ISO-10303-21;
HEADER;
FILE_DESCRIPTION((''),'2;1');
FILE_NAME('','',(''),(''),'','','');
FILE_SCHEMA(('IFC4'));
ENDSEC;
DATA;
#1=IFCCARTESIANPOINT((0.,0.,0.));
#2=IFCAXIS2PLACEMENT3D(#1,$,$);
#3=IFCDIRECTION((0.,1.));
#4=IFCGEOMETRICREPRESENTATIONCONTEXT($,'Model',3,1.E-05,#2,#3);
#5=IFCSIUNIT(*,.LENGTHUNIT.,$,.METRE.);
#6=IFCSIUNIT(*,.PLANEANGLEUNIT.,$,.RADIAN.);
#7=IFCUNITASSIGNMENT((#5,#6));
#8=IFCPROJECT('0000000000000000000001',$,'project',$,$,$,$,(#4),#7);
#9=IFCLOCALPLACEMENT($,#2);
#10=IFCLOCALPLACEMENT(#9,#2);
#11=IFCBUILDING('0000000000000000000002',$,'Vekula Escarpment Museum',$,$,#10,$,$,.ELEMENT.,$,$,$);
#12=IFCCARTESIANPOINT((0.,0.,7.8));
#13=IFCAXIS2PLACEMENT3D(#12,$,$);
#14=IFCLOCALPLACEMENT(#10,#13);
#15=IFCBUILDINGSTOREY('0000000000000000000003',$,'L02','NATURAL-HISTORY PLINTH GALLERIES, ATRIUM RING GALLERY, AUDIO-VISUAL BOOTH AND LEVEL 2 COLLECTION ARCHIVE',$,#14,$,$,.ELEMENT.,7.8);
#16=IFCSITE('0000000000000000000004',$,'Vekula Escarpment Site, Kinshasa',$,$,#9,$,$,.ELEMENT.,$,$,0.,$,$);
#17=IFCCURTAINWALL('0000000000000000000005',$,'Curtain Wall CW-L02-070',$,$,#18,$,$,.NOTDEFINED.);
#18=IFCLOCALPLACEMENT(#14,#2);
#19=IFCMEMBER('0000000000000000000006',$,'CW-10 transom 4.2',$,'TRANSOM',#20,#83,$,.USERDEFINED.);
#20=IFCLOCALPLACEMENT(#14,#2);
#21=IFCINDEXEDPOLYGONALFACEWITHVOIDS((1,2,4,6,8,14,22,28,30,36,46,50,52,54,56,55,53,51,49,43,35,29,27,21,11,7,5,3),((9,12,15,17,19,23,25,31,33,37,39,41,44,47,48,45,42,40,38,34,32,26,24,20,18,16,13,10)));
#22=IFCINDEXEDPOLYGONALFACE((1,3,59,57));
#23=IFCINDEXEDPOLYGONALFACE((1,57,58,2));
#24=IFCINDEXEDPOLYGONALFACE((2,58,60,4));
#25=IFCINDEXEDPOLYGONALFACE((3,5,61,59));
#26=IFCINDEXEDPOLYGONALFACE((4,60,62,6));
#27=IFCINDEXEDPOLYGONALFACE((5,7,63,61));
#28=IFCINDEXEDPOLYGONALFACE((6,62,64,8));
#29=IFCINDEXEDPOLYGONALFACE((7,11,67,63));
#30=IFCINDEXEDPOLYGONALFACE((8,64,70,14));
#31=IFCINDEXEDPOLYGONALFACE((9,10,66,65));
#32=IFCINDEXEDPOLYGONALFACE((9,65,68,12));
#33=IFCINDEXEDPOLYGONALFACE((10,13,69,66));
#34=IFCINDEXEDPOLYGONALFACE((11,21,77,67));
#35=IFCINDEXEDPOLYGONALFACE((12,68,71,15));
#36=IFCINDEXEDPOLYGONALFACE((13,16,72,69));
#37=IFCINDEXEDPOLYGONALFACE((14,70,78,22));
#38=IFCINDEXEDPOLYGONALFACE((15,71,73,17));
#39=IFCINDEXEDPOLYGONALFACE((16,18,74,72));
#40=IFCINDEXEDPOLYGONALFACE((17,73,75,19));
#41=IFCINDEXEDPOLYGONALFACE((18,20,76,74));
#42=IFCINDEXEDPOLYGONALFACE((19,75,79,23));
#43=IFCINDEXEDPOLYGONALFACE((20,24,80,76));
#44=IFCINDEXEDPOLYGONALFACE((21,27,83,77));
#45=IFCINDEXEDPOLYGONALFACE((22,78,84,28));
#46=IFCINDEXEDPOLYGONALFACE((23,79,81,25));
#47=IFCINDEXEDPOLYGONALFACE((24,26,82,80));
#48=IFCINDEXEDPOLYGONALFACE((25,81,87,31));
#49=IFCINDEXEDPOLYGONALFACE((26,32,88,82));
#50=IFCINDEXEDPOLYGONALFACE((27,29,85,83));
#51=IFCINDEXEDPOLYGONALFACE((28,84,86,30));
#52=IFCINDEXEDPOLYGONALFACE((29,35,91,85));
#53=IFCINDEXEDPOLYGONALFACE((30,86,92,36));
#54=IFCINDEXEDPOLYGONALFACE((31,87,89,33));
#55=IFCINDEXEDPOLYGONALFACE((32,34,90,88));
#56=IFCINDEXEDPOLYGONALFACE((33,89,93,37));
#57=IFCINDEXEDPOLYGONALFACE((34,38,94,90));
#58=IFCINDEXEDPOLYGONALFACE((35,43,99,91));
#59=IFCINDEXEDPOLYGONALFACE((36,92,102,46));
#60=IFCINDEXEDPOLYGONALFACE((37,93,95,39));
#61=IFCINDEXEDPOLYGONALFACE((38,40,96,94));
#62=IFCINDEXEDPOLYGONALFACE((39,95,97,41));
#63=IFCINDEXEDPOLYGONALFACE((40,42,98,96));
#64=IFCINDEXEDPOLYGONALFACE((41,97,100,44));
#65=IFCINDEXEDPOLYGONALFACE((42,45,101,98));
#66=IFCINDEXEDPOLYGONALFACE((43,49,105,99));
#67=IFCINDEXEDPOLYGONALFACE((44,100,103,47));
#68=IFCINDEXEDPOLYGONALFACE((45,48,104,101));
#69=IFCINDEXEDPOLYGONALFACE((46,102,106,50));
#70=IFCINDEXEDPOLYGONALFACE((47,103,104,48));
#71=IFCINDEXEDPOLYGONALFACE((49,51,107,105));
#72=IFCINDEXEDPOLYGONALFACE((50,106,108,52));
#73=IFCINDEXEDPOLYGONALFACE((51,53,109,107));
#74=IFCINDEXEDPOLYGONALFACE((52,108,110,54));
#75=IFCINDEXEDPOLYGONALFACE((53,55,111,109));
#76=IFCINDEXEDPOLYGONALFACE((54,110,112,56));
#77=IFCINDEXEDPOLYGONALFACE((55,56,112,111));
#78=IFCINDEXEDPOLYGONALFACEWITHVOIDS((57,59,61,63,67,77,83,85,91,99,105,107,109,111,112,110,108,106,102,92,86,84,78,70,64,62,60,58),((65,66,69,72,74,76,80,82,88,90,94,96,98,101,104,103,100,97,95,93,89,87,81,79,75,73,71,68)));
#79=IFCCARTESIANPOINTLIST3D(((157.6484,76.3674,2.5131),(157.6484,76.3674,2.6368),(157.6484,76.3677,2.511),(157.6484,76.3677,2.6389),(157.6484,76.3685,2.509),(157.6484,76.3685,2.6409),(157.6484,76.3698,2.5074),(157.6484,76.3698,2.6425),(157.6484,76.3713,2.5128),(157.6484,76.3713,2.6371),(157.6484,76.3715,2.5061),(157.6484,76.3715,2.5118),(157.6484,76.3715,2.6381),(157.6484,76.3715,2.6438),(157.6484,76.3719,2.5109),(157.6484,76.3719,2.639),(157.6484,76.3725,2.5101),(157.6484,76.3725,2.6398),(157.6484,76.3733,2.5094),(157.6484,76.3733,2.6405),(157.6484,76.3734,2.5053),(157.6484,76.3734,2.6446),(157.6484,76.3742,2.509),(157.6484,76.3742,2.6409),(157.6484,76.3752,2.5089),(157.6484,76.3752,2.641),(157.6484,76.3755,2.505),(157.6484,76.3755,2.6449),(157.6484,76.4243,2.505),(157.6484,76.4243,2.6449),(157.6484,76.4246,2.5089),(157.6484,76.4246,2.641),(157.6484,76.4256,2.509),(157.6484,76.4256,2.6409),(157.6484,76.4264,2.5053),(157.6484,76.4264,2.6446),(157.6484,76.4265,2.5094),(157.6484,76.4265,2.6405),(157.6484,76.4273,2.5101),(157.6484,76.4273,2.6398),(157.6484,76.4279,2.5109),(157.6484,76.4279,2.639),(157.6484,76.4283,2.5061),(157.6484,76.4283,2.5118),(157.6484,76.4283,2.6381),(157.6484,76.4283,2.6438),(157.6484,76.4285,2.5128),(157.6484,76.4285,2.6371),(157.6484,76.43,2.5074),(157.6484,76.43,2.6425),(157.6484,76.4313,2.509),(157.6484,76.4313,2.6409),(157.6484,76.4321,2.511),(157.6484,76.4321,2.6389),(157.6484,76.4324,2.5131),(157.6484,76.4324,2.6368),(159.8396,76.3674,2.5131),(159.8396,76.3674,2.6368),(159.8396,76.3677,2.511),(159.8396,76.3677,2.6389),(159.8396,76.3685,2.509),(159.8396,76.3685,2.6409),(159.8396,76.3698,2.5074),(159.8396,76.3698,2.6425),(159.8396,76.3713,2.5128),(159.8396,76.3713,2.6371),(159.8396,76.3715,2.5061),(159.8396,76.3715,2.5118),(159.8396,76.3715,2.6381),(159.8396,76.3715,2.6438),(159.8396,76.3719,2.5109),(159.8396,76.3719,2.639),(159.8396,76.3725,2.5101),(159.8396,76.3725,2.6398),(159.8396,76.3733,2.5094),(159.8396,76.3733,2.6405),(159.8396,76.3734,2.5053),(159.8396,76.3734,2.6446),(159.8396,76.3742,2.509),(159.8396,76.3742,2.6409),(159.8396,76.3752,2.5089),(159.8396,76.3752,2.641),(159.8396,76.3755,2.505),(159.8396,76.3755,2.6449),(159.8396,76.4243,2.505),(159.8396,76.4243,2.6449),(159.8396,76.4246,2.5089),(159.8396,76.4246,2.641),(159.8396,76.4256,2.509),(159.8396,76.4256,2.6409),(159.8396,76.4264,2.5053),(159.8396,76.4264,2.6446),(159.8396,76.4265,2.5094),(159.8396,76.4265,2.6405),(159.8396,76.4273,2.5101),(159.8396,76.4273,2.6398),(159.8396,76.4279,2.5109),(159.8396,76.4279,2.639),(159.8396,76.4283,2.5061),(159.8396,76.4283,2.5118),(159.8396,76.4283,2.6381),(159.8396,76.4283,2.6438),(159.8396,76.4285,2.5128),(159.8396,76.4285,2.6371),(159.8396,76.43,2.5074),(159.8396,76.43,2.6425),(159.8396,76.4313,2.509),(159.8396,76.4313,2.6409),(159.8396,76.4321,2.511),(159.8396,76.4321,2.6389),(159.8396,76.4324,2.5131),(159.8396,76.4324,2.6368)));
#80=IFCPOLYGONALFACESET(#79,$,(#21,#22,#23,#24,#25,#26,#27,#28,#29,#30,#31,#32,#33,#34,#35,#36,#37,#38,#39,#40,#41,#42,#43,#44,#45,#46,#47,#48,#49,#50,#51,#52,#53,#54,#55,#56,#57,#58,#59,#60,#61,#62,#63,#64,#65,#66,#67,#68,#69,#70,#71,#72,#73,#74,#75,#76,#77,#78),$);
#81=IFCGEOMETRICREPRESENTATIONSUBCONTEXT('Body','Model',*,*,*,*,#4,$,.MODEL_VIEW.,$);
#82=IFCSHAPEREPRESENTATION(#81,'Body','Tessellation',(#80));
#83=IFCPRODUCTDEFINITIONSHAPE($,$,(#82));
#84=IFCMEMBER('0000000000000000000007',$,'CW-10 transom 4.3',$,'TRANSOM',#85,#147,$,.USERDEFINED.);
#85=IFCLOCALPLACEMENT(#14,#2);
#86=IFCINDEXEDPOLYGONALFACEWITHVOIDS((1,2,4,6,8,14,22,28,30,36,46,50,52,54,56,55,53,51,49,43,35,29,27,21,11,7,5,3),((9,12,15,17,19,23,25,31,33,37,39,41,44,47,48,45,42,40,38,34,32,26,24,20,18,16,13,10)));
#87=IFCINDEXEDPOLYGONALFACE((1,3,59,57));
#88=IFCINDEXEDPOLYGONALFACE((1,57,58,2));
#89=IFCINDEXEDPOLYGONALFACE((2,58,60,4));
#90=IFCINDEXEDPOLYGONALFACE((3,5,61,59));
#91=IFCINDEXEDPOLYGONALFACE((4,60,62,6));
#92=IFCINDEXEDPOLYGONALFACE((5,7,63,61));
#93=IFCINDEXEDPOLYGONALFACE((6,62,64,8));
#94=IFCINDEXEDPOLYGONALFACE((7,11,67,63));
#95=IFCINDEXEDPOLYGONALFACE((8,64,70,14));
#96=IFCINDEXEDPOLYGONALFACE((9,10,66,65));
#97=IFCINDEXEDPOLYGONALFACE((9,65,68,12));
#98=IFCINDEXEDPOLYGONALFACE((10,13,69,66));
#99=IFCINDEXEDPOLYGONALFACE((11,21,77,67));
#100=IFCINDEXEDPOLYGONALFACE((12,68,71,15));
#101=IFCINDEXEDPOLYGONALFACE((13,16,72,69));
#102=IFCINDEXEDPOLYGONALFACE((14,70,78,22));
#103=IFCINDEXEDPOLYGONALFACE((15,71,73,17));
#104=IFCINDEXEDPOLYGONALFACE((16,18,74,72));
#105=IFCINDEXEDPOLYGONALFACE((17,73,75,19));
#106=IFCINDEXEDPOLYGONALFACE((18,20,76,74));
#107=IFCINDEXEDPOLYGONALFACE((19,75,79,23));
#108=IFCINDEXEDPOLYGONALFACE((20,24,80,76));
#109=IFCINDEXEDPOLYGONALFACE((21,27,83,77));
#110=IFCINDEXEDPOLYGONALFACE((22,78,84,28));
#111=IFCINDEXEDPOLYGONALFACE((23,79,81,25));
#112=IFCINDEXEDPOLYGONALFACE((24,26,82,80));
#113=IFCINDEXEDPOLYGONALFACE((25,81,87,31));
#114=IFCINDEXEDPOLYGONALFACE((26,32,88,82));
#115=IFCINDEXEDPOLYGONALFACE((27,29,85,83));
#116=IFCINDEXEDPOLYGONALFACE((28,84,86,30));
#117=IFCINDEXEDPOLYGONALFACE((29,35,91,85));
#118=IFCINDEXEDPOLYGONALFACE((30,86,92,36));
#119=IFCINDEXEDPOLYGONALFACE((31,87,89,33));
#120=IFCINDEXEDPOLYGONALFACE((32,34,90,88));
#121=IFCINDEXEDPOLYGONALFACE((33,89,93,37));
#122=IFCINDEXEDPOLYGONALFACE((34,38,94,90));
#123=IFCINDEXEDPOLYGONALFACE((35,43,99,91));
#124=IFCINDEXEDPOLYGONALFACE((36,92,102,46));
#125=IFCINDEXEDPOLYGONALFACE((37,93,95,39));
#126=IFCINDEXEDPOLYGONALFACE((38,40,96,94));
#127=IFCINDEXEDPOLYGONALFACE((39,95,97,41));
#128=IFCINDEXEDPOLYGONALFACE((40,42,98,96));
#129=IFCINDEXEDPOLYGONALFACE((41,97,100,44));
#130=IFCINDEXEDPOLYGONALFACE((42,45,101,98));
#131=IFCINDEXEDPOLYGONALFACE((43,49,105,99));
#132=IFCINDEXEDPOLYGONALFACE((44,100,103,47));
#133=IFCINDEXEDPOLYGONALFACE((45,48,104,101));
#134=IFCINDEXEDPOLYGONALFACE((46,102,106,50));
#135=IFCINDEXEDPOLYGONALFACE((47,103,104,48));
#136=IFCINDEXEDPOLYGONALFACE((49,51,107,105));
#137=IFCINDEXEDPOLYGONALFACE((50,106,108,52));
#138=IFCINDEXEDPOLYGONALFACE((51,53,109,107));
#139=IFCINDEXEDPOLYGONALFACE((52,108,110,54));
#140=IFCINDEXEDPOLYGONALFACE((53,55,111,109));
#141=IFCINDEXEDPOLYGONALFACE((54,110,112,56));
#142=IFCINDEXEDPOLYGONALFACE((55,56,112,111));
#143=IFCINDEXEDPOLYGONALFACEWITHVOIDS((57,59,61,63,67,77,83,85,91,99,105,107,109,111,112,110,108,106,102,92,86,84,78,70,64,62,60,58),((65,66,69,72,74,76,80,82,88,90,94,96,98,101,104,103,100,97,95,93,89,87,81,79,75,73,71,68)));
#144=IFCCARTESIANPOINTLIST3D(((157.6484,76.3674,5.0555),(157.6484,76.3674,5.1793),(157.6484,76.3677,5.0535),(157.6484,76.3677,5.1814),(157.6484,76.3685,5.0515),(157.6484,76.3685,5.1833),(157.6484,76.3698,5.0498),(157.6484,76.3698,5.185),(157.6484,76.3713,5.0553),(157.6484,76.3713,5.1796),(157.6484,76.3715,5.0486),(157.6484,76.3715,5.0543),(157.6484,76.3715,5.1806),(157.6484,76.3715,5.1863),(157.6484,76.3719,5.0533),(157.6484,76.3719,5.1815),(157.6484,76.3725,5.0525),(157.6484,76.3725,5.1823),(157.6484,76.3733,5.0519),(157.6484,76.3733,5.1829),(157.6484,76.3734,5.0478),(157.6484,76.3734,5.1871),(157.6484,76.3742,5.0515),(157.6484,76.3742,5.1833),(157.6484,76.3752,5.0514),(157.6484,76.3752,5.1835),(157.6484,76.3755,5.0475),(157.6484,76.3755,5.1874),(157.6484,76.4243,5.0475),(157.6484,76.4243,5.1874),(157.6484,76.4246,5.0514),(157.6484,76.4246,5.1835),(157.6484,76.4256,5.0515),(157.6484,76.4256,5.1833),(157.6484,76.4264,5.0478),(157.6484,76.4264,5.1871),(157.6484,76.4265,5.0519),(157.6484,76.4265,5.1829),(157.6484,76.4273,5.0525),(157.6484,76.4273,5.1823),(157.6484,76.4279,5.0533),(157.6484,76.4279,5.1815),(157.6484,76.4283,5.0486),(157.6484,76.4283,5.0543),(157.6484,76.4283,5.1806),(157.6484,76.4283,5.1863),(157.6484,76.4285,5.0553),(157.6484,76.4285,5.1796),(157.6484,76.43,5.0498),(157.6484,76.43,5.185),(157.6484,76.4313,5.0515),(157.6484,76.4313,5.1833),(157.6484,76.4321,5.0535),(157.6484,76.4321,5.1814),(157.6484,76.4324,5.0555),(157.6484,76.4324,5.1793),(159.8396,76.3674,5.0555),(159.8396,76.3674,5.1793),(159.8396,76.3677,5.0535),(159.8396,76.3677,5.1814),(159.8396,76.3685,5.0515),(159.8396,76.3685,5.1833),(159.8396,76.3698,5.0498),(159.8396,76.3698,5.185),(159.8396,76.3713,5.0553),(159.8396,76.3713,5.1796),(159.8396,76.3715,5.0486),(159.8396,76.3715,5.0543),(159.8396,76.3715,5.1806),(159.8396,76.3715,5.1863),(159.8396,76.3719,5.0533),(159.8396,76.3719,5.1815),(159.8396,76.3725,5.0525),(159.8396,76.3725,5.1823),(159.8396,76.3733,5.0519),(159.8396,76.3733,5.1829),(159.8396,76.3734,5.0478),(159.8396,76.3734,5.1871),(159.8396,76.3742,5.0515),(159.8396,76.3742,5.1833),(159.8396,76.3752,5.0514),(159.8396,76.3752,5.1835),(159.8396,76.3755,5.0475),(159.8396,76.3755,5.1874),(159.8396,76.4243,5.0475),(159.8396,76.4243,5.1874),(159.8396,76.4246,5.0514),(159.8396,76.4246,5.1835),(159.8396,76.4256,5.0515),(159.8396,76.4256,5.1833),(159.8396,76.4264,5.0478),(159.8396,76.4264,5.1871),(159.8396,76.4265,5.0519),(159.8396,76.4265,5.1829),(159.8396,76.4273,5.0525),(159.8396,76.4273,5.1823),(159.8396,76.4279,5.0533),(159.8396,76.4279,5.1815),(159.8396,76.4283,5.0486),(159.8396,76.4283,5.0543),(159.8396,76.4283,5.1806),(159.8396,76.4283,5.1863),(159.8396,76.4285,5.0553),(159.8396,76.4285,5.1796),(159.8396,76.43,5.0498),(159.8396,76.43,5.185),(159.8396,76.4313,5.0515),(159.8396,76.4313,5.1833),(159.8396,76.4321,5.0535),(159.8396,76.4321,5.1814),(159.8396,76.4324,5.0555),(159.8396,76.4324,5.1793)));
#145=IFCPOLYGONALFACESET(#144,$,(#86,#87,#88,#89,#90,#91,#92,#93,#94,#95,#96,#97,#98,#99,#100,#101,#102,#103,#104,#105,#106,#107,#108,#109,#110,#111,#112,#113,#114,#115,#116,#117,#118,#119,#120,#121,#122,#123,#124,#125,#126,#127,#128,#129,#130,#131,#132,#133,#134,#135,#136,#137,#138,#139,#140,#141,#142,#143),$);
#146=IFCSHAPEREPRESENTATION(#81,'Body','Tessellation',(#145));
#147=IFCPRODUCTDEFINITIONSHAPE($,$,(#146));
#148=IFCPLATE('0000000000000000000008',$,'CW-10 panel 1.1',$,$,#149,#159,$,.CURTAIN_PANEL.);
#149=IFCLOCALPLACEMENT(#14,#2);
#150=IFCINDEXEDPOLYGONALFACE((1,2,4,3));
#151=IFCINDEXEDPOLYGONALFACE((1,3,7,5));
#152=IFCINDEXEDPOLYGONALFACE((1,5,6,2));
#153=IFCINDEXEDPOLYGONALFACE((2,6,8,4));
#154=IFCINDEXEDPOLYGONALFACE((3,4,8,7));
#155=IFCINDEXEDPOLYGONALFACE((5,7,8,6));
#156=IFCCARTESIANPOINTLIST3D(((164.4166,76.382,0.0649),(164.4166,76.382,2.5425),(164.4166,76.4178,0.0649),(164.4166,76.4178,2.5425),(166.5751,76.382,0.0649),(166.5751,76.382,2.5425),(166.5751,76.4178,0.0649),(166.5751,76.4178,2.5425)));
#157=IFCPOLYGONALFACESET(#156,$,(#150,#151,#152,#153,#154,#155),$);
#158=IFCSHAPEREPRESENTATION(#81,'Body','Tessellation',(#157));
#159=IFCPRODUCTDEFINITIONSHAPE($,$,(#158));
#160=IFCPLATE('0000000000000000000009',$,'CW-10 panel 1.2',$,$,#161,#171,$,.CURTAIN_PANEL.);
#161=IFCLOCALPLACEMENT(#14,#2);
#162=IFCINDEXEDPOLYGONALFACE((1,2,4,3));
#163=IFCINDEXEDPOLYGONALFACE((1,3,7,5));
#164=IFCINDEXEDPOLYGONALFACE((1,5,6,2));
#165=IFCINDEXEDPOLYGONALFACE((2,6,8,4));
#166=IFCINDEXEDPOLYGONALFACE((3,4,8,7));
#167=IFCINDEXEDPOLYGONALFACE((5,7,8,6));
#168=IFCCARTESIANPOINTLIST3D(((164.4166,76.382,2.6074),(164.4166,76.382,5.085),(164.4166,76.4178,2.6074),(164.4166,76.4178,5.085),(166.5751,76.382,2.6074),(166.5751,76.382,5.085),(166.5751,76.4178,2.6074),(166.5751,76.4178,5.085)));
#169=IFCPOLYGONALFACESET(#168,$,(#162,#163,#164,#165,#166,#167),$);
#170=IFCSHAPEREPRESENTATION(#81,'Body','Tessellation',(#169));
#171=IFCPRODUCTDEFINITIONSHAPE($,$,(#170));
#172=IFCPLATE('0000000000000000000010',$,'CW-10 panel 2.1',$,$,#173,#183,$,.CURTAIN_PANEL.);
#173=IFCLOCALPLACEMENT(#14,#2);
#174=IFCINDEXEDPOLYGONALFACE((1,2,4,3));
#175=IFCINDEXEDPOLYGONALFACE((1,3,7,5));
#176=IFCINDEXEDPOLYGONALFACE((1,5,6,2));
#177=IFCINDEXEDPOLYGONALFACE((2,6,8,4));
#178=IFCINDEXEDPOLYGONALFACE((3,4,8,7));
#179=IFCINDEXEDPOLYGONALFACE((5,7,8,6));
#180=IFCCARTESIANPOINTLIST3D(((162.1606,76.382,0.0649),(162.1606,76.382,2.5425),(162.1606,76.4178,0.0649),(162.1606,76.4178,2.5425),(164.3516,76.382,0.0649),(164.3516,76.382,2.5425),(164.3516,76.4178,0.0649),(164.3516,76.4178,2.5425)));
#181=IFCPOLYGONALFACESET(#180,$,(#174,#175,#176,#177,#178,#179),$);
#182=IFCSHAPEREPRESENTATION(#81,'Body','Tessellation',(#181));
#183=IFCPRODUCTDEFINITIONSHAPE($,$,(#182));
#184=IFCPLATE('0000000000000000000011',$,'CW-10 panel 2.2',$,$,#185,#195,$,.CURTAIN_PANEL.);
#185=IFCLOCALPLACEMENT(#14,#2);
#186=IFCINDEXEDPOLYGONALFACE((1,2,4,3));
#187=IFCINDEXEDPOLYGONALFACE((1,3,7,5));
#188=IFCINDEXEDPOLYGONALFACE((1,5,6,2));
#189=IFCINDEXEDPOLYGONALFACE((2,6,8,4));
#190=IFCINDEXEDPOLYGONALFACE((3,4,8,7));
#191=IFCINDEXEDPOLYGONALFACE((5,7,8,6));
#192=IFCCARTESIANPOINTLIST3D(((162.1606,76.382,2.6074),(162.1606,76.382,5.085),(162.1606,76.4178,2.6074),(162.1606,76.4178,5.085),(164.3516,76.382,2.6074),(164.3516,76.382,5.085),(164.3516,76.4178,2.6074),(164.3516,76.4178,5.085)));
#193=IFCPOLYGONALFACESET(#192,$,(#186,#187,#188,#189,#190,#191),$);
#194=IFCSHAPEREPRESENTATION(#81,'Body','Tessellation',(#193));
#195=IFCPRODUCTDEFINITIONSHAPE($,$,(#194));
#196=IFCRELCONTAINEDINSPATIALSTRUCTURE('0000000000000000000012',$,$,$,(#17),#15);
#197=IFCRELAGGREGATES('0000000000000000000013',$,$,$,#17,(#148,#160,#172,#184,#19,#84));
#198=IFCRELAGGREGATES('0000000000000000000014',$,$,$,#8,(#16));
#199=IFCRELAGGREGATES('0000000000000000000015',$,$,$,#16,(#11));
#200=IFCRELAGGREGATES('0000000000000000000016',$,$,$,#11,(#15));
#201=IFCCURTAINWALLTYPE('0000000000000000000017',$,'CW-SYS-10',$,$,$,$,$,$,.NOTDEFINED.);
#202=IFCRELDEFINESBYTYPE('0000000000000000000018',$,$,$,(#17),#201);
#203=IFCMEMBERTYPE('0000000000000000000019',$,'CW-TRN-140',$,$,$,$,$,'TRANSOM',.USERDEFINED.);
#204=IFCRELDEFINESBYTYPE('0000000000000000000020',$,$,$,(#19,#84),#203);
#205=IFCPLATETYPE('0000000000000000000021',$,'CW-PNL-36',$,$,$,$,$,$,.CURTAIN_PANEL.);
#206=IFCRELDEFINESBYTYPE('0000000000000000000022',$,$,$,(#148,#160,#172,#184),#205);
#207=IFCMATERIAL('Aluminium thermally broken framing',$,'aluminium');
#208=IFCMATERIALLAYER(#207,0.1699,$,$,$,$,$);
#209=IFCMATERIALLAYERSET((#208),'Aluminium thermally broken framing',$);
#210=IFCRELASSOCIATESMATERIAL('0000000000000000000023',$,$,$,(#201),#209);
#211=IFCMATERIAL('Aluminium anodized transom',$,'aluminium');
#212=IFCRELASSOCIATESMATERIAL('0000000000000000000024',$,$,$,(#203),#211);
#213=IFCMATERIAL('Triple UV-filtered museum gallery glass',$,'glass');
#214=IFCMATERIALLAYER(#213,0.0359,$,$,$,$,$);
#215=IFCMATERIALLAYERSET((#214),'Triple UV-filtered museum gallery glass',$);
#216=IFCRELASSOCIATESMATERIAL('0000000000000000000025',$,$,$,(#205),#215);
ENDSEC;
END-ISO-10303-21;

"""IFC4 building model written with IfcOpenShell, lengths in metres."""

from ifc_helpers import new_model, si_unit, direction, frame, origin, origin_2d, place, context, subcontext, project, spatial, rectangle, hollow_rectangle, extrude, material, layer, layer_set, material_profile, profile_set, type_object, element, aggregate, save


model = new_model("IFC4")

# Units and contexts
model_context = context("Model", 3, precision=1e-05, world=origin(), true_north=direction((0.0, 1.0)))
body_context = subcontext(model_context, "Body", "Model", "MODEL_VIEW")
ifc_project = project(units=[si_unit("LENGTHUNIT", "METRE"), si_unit("PLANEANGLEUNIT", "RADIAN")], contexts=[model_context])

# Site, building, storey
site_placement = place(None, origin())
site = spatial("IfcSite", under=ifc_project, at=site_placement, Name="Vekula Escarpment Site, Kinshasa", CompositionType="ELEMENT", RefElevation=0.0)
building_placement = place(site_placement, origin())
building = spatial("IfcBuilding", under=site, at=building_placement, Name="Vekula Escarpment Museum", CompositionType="ELEMENT")
storey_placement = place(building_placement, frame((0.0, 0.0, 7.8)))
storey = spatial("IfcBuildingStorey", under=building, at=storey_placement, Name="L02", Description="NATURAL-HISTORY PLINTH GALLERIES, ATRIUM RING GALLERY, AUDIO-VISUAL BOOTH AND LEVEL 2 COLLECTION ARCHIVE", CompositionType="ELEMENT", Elevation=7.8)

# Curtain wall, members, plates
ifc_material_1 = material(Name="Aluminium thermally broken framing", Category="aluminium")
ifc_layer_1 = layer(ifc_material_1, 0.1699)
ifc_layer_set_1 = layer_set([ifc_layer_1], Name="Aluminium thermally broken framing")
curtain_wall_type = type_object("IfcCurtainWallType", Name="CW-SYS-10", PredefinedType="NOTDEFINED", material=ifc_layer_set_1)
curtain_wall_placement = place(storey_placement, origin())
curtain_wall = element("IfcCurtainWall", 1, at=curtain_wall_placement, inside=storey, type_object=curtain_wall_type, Name="Curtain Wall CW-L02-070", PredefinedType="NOTDEFINED")
ifc_material_2 = material(Name="Aluminium anodized transom", Category="aluminium")
ifc_material_profile_1 = material_profile(ifc_material_2, hollow_rectangle(XDim=0.0649, YDim=0.1399, WallThickness=0.0039, InnerFilletRadius=0.0039, OuterFilletRadius=0.0081, at=origin_2d()), Name="ALU 140x65x4")
ifc_profile_set_1 = profile_set([ifc_material_profile_1], Name="Aluminium anodized transom")
member_type_1 = type_object("IfcMemberType", Name="CW-TRN-140", ElementType="TRANSOM", PredefinedType="USERDEFINED", material=ifc_profile_set_1)
member_1_placement = place(storey_placement, frame((159.8396, 76.3999, 2.575), z_axis=(-1.0, 0.0, 0.0), x_axis=(0.0, -1.0, 0.0)))
member_1 = element("IfcMember", 2, at=member_1_placement, type_object=member_type_1, Name="CW-10 transom 4.2", ObjectType="TRANSOM", PredefinedType="USERDEFINED", context=body_context, shape_type="SweptSolid", body=[
    extrude(hollow_rectangle(XDim=0.0649, YDim=0.1399, WallThickness=0.0039, InnerFilletRadius=0.0039, OuterFilletRadius=0.0081, at=origin_2d()), origin(), (0.0, 0.0, 1.0), 2.1912),
])
member_2_placement = place(storey_placement, frame((159.8396, 76.3999, 5.1174), z_axis=(-1.0, 0.0, 0.0), x_axis=(0.0, -1.0, 0.0)))
member_2 = element("IfcMember", 3, at=member_2_placement, type_object=member_type_1, Name="CW-10 transom 4.3", ObjectType="TRANSOM", PredefinedType="USERDEFINED", context=body_context, shape_type="SweptSolid", body=[
    extrude(hollow_rectangle(XDim=0.0649, YDim=0.1399, WallThickness=0.0039, InnerFilletRadius=0.0039, OuterFilletRadius=0.0081, at=origin_2d()), origin(), (0.0, 0.0, 1.0), 2.1912),
])
ifc_material_3 = material(Name="Triple UV-filtered museum gallery glass", Category="glass")
ifc_layer_2 = layer(ifc_material_3, 0.0359)
ifc_layer_set_2 = layer_set([ifc_layer_2], Name="Triple UV-filtered museum gallery glass")
plate_type = type_object("IfcPlateType", Name="CW-PNL-36", PredefinedType="CURTAIN_PANEL", material=ifc_layer_set_2)
plate_1_placement = place(storey_placement, frame((165.4958, 76.3999, 0.0649), z_axis=(0.0, 0.0, 1.0), x_axis=(-1.0, 0.0, 0.0)))
plate_1 = element("IfcPlate", 4, at=plate_1_placement, type_object=plate_type, Name="CW-10 panel 1.1", PredefinedType="CURTAIN_PANEL", context=body_context, shape_type="SweptSolid", body=[
    extrude(rectangle(XDim=2.1584, YDim=0.0359, at=origin_2d()), origin(), (0.0, 0.0, 1.0), 2.4775),
])
plate_2_placement = place(storey_placement, frame((165.4958, 76.3999, 2.6074), z_axis=(0.0, 0.0, 1.0), x_axis=(-1.0, 0.0, 0.0)))
plate_2 = element("IfcPlate", 5, at=plate_2_placement, type_object=plate_type, Name="CW-10 panel 1.2", PredefinedType="CURTAIN_PANEL", context=body_context, shape_type="SweptSolid", body=[
    extrude(rectangle(XDim=2.1584, YDim=0.0359, at=origin_2d()), origin(), (0.0, 0.0, 1.0), 2.4775),
])
plate_3_placement = place(storey_placement, frame((163.2561, 76.3999, 0.0649), z_axis=(0.0, 0.0, 1.0), x_axis=(-1.0, 0.0, 0.0)))
plate_3 = element("IfcPlate", 6, at=plate_3_placement, type_object=plate_type, Name="CW-10 panel 2.1", PredefinedType="CURTAIN_PANEL", context=body_context, shape_type="SweptSolid", body=[
    extrude(rectangle(XDim=2.1909, YDim=0.0359, at=origin_2d()), origin(), (0.0, 0.0, 1.0), 2.4775),
])
plate_4_placement = place(storey_placement, frame((163.2561, 76.3999, 2.6074), z_axis=(0.0, 0.0, 1.0), x_axis=(-1.0, 0.0, 0.0)))
plate_4 = element("IfcPlate", 7, at=plate_4_placement, type_object=plate_type, Name="CW-10 panel 2.2", PredefinedType="CURTAIN_PANEL", context=body_context, shape_type="SweptSolid", body=[
    extrude(rectangle(XDim=2.1909, YDim=0.0359, at=origin_2d()), origin(), (0.0, 0.0, 1.0), 2.4775),
])
aggregate(curtain_wall, [plate_1, plate_2, plate_3, plate_4, member_1, member_2])

save(model, "model.ifc")
